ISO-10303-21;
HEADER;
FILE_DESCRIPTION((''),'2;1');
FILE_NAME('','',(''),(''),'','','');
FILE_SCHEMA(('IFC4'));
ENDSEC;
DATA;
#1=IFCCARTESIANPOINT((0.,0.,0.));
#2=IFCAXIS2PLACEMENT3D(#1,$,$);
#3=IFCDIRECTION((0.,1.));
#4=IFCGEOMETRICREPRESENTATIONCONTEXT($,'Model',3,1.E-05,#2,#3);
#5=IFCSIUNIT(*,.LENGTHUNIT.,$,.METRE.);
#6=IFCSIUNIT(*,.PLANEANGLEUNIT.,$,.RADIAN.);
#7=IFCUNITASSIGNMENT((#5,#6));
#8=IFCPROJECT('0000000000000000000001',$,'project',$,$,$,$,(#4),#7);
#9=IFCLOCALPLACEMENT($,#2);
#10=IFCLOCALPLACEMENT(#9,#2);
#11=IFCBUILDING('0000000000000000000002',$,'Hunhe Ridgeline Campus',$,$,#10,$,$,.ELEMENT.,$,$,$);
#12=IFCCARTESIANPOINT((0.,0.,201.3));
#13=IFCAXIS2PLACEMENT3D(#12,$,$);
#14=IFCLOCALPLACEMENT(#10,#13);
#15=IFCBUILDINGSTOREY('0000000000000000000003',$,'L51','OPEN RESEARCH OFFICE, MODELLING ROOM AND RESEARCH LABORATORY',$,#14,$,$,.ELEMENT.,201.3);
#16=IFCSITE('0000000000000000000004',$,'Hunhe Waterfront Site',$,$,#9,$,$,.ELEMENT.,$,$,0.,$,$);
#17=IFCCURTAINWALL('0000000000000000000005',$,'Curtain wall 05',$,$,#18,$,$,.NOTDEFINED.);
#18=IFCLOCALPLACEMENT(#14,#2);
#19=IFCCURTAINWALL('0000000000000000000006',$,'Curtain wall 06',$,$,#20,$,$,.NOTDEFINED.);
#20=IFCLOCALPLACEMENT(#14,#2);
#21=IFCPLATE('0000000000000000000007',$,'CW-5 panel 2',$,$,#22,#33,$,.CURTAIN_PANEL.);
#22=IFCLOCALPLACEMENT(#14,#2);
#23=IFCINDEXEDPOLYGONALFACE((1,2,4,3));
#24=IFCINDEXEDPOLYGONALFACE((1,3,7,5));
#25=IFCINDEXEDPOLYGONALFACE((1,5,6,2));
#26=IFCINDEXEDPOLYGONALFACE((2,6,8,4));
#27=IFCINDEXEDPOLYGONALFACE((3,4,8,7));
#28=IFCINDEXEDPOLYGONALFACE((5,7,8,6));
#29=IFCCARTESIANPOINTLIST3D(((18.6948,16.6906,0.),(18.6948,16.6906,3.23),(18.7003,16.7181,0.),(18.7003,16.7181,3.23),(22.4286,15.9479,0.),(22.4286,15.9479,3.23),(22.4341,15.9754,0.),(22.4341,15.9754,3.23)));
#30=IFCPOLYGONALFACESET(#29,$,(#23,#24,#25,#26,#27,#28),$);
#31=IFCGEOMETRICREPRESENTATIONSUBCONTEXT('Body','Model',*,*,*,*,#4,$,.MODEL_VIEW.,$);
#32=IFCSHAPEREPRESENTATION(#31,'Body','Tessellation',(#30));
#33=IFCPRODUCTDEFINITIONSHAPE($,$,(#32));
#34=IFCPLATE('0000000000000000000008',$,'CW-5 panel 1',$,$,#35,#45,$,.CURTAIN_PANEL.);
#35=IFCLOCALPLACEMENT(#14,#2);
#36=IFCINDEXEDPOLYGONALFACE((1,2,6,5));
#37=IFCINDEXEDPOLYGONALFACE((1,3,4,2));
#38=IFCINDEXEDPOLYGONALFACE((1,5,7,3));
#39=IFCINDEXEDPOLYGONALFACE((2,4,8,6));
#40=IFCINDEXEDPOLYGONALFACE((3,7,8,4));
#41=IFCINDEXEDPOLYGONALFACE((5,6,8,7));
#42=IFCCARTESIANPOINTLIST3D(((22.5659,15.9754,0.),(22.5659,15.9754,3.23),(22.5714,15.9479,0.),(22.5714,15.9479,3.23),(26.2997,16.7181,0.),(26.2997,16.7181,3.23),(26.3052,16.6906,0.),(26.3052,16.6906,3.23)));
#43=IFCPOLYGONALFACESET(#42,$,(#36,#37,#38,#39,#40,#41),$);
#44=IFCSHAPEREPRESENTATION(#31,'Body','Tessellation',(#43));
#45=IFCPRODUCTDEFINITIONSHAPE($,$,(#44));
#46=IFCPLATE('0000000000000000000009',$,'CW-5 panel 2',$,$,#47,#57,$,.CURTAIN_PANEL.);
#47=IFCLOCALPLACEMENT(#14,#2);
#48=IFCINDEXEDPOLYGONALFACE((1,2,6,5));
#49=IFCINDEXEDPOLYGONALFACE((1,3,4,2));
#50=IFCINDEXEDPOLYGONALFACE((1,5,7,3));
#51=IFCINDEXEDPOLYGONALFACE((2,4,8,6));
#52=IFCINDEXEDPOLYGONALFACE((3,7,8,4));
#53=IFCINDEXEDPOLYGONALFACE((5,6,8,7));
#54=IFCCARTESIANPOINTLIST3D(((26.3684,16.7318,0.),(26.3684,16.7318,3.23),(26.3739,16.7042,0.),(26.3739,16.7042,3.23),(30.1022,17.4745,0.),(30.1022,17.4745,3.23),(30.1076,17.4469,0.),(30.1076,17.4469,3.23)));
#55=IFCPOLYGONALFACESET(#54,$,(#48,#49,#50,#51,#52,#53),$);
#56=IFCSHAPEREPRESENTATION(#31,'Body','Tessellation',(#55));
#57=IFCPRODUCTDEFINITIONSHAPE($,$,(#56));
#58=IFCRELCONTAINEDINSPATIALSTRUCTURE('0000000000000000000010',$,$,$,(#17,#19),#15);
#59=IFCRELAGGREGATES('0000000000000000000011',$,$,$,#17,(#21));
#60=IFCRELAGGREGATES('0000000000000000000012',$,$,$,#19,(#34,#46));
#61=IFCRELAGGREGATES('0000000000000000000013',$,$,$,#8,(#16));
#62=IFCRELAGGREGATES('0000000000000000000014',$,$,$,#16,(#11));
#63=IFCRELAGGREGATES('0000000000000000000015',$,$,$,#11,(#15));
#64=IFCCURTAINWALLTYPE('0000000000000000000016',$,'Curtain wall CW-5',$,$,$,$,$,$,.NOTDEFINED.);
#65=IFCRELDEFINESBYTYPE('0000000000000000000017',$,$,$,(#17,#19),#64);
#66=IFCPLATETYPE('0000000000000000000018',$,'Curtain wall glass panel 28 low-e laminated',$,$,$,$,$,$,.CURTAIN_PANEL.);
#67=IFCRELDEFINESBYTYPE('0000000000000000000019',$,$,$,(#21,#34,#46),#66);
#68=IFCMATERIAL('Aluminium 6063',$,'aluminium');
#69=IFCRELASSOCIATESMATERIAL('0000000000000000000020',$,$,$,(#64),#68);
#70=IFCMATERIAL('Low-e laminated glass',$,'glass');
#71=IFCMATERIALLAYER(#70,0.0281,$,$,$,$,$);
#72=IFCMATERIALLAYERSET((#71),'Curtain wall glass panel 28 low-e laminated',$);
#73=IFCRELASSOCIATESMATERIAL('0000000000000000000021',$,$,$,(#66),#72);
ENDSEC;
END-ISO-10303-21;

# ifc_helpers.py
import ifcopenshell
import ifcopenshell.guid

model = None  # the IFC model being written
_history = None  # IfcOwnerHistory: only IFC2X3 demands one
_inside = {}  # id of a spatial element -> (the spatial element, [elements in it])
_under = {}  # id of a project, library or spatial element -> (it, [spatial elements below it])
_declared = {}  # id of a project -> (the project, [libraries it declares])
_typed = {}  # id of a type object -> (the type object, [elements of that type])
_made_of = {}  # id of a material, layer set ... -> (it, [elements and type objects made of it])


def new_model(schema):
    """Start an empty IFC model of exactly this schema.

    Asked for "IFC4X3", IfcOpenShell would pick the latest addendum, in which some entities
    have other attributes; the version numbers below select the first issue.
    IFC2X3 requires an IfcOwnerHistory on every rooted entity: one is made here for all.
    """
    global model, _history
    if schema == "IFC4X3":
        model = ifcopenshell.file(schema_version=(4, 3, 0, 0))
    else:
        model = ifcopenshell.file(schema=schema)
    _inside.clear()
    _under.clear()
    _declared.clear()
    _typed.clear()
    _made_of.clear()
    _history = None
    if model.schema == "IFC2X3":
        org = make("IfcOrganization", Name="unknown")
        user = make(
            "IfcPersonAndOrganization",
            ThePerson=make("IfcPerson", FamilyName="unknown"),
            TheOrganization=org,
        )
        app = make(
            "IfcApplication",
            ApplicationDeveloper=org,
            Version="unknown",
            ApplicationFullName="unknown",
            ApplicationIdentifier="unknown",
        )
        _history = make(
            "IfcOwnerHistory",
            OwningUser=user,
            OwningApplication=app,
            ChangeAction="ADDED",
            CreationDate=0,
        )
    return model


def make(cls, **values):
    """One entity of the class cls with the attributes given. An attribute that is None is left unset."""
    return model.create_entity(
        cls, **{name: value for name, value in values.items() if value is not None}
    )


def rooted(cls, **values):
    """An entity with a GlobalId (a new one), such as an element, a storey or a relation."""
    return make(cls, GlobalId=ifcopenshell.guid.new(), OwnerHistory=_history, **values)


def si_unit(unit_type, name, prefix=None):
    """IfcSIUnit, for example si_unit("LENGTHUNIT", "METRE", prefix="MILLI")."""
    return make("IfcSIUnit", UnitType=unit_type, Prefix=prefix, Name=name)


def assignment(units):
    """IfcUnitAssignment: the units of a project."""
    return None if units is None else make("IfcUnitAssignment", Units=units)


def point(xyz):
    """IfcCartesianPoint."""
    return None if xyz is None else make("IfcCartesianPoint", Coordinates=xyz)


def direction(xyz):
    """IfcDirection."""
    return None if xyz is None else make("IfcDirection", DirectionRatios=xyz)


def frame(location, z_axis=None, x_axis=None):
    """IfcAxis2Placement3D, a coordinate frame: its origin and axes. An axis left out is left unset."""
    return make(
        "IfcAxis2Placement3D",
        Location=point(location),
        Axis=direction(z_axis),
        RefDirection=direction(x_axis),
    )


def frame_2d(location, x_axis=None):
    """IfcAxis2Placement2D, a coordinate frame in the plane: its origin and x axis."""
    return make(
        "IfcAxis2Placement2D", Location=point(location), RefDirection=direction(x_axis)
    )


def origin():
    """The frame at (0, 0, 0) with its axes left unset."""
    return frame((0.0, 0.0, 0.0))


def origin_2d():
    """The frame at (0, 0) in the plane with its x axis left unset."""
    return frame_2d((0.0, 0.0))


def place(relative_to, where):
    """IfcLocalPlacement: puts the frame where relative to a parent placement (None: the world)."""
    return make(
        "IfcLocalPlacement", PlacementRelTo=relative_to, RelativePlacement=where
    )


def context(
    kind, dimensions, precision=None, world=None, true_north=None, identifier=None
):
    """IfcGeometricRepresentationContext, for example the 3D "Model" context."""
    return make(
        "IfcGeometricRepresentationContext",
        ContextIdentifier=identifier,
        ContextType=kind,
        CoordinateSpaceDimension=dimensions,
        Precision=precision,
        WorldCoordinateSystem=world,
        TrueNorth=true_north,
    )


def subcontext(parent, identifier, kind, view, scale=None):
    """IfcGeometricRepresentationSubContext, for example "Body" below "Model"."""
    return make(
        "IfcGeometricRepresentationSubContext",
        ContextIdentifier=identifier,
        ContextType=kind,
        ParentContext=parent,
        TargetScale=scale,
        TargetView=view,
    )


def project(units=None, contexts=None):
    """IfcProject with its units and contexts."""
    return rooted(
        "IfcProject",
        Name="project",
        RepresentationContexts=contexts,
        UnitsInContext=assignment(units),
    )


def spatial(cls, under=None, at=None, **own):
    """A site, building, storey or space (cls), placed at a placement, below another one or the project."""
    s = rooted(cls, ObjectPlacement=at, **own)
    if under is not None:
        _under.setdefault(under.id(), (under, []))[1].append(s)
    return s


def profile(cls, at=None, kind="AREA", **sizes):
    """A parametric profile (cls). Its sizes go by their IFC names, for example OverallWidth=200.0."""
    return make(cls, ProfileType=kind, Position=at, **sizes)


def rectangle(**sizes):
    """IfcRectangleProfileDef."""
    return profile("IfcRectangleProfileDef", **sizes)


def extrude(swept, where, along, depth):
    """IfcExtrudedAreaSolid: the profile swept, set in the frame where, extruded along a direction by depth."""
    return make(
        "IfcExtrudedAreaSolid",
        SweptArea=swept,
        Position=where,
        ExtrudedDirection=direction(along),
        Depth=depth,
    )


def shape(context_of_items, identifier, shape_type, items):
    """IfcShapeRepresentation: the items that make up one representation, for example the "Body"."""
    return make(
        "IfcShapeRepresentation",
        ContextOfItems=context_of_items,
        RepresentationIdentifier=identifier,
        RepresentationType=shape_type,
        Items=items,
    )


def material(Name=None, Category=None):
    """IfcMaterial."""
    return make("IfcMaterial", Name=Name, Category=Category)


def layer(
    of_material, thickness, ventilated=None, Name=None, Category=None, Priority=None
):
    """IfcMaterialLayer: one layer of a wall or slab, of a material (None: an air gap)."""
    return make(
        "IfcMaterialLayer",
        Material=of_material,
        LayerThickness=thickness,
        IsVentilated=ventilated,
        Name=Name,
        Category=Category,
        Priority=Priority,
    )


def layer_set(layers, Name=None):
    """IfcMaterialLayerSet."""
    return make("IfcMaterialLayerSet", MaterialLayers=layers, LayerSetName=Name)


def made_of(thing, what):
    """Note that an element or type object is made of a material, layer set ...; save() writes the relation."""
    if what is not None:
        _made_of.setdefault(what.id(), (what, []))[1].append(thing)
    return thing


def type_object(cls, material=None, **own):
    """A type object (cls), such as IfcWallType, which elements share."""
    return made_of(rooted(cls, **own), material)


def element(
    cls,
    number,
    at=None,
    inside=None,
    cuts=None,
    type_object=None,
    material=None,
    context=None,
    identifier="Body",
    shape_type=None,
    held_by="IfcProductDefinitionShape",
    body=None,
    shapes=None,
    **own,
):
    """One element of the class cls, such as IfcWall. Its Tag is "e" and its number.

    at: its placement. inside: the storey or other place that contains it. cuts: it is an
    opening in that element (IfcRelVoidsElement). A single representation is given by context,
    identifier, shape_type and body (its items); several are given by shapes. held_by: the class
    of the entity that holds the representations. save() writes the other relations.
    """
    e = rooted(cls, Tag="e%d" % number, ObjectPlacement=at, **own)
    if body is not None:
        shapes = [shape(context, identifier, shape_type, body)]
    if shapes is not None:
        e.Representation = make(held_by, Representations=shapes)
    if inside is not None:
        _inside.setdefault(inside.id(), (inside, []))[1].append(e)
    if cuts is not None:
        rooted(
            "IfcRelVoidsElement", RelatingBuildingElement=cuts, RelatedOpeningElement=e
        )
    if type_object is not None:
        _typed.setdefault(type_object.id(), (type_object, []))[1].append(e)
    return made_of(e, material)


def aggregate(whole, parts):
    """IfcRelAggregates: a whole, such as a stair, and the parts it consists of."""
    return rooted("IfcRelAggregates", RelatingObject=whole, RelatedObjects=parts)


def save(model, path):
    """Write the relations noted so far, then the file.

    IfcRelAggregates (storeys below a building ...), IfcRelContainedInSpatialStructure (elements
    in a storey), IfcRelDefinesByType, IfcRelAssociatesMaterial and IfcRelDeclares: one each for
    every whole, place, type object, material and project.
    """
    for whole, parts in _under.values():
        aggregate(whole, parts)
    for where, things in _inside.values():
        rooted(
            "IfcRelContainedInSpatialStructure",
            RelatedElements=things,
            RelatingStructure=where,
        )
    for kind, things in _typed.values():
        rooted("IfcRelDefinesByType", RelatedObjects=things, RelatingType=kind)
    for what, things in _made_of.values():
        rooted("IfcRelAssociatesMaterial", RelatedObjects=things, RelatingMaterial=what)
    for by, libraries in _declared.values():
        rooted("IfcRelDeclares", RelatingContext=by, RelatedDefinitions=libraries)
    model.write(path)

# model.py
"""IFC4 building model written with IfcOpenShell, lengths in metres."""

from ifc_helpers import new_model, si_unit, direction, frame, origin, origin_2d, place, context, subcontext, project, spatial, rectangle, extrude, material, layer, layer_set, type_object, element, aggregate, save


model = new_model("IFC4")

# Units and contexts
model_context = context("Model", 3, precision=1e-05, world=origin(), true_north=direction((0.0, 1.0)))
body_context = subcontext(model_context, "Body", "Model", "MODEL_VIEW")
ifc_project = project(units=[si_unit("LENGTHUNIT", "METRE"), si_unit("PLANEANGLEUNIT", "RADIAN")], contexts=[model_context])

# Site, building, storey
site_placement = place(None, origin())
site = spatial("IfcSite", under=ifc_project, at=site_placement, Name="Hunhe Waterfront Site", CompositionType="ELEMENT", RefElevation=0.0)
building_placement = place(site_placement, origin())
building = spatial("IfcBuilding", under=site, at=building_placement, Name="Hunhe Ridgeline Campus", CompositionType="ELEMENT")
storey_placement = place(building_placement, frame((0.0, 0.0, 201.3)))
storey = spatial("IfcBuildingStorey", under=building, at=storey_placement, Name="L51", Description="OPEN RESEARCH OFFICE, MODELLING ROOM AND RESEARCH LABORATORY", CompositionType="ELEMENT", Elevation=201.3)

# Shared definitions
ifc_material_1 = material(Name="Aluminium 6063", Category="aluminium")
curtain_wall_type = type_object("IfcCurtainWallType", Name="Curtain wall CW-5", PredefinedType="NOTDEFINED", material=ifc_material_1)

# Curtain walls
curtain_wall_1_placement = place(storey_placement, origin())
curtain_wall_1 = element("IfcCurtainWall", 1, at=curtain_wall_1_placement, inside=storey, type_object=curtain_wall_type, Name="Curtain wall 05", PredefinedType="NOTDEFINED")
curtain_wall_2_placement = place(storey_placement, origin())
curtain_wall_2 = element("IfcCurtainWall", 2, at=curtain_wall_2_placement, inside=storey, type_object=curtain_wall_type, Name="Curtain wall 06", PredefinedType="NOTDEFINED")

# Plates
ifc_material_2 = material(Name="Low-e laminated glass", Category="glass")
ifc_layer_1 = layer(ifc_material_2, 0.0281)
ifc_layer_set_1 = layer_set([ifc_layer_1], Name="Curtain wall glass panel 28 low-e laminated")
plate_type = type_object("IfcPlateType", Name="Curtain wall glass panel 28 low-e laminated", PredefinedType="CURTAIN_PANEL", material=ifc_layer_set_1)
plate_1_placement = place(storey_placement, frame((20.5645, 16.333, 0.0), z_axis=(0.0, 0.0, 1.0), x_axis=(0.980785, -0.19509, 0.0)))
plate_1 = element("IfcPlate", 3, at=plate_1_placement, type_object=plate_type, Name="CW-5 panel 2", PredefinedType="CURTAIN_PANEL", context=body_context, shape_type="SweptSolid", body=[
    extrude(rectangle(XDim=3.8069, YDim=0.0281, at=origin_2d()), origin(), (0.0, 0.0, 1.0), 3.23),
])
aggregate(curtain_wall_1, [plate_1])
plate_2_placement = place(storey_placement, frame((24.4355, 16.333, 0.0), z_axis=(0.0, 0.0, 1.0), x_axis=(0.980785, 0.19509, 0.0)))
plate_2 = element("IfcPlate", 4, at=plate_2_placement, type_object=plate_type, Name="CW-5 panel 1", PredefinedType="CURTAIN_PANEL", context=body_context, shape_type="SweptSolid", body=[
    extrude(rectangle(XDim=3.8069, YDim=0.0281, at=origin_2d()), origin(), (0.0, 0.0, 1.0), 3.23),
])
plate_3_placement = place(storey_placement, frame((28.238, 17.0894, 0.0), z_axis=(0.0, 0.0, 1.0), x_axis=(0.980785, 0.19509, 0.0)))
plate_3 = element("IfcPlate", 5, at=plate_3_placement, type_object=plate_type, Name="CW-5 panel 2", PredefinedType="CURTAIN_PANEL", context=body_context, shape_type="SweptSolid", body=[
    extrude(rectangle(XDim=3.8069, YDim=0.0281, at=origin_2d()), origin(), (0.0, 0.0, 1.0), 3.23),
])
aggregate(curtain_wall_2, [plate_2, plate_3])

save(model, "model.ifc")
